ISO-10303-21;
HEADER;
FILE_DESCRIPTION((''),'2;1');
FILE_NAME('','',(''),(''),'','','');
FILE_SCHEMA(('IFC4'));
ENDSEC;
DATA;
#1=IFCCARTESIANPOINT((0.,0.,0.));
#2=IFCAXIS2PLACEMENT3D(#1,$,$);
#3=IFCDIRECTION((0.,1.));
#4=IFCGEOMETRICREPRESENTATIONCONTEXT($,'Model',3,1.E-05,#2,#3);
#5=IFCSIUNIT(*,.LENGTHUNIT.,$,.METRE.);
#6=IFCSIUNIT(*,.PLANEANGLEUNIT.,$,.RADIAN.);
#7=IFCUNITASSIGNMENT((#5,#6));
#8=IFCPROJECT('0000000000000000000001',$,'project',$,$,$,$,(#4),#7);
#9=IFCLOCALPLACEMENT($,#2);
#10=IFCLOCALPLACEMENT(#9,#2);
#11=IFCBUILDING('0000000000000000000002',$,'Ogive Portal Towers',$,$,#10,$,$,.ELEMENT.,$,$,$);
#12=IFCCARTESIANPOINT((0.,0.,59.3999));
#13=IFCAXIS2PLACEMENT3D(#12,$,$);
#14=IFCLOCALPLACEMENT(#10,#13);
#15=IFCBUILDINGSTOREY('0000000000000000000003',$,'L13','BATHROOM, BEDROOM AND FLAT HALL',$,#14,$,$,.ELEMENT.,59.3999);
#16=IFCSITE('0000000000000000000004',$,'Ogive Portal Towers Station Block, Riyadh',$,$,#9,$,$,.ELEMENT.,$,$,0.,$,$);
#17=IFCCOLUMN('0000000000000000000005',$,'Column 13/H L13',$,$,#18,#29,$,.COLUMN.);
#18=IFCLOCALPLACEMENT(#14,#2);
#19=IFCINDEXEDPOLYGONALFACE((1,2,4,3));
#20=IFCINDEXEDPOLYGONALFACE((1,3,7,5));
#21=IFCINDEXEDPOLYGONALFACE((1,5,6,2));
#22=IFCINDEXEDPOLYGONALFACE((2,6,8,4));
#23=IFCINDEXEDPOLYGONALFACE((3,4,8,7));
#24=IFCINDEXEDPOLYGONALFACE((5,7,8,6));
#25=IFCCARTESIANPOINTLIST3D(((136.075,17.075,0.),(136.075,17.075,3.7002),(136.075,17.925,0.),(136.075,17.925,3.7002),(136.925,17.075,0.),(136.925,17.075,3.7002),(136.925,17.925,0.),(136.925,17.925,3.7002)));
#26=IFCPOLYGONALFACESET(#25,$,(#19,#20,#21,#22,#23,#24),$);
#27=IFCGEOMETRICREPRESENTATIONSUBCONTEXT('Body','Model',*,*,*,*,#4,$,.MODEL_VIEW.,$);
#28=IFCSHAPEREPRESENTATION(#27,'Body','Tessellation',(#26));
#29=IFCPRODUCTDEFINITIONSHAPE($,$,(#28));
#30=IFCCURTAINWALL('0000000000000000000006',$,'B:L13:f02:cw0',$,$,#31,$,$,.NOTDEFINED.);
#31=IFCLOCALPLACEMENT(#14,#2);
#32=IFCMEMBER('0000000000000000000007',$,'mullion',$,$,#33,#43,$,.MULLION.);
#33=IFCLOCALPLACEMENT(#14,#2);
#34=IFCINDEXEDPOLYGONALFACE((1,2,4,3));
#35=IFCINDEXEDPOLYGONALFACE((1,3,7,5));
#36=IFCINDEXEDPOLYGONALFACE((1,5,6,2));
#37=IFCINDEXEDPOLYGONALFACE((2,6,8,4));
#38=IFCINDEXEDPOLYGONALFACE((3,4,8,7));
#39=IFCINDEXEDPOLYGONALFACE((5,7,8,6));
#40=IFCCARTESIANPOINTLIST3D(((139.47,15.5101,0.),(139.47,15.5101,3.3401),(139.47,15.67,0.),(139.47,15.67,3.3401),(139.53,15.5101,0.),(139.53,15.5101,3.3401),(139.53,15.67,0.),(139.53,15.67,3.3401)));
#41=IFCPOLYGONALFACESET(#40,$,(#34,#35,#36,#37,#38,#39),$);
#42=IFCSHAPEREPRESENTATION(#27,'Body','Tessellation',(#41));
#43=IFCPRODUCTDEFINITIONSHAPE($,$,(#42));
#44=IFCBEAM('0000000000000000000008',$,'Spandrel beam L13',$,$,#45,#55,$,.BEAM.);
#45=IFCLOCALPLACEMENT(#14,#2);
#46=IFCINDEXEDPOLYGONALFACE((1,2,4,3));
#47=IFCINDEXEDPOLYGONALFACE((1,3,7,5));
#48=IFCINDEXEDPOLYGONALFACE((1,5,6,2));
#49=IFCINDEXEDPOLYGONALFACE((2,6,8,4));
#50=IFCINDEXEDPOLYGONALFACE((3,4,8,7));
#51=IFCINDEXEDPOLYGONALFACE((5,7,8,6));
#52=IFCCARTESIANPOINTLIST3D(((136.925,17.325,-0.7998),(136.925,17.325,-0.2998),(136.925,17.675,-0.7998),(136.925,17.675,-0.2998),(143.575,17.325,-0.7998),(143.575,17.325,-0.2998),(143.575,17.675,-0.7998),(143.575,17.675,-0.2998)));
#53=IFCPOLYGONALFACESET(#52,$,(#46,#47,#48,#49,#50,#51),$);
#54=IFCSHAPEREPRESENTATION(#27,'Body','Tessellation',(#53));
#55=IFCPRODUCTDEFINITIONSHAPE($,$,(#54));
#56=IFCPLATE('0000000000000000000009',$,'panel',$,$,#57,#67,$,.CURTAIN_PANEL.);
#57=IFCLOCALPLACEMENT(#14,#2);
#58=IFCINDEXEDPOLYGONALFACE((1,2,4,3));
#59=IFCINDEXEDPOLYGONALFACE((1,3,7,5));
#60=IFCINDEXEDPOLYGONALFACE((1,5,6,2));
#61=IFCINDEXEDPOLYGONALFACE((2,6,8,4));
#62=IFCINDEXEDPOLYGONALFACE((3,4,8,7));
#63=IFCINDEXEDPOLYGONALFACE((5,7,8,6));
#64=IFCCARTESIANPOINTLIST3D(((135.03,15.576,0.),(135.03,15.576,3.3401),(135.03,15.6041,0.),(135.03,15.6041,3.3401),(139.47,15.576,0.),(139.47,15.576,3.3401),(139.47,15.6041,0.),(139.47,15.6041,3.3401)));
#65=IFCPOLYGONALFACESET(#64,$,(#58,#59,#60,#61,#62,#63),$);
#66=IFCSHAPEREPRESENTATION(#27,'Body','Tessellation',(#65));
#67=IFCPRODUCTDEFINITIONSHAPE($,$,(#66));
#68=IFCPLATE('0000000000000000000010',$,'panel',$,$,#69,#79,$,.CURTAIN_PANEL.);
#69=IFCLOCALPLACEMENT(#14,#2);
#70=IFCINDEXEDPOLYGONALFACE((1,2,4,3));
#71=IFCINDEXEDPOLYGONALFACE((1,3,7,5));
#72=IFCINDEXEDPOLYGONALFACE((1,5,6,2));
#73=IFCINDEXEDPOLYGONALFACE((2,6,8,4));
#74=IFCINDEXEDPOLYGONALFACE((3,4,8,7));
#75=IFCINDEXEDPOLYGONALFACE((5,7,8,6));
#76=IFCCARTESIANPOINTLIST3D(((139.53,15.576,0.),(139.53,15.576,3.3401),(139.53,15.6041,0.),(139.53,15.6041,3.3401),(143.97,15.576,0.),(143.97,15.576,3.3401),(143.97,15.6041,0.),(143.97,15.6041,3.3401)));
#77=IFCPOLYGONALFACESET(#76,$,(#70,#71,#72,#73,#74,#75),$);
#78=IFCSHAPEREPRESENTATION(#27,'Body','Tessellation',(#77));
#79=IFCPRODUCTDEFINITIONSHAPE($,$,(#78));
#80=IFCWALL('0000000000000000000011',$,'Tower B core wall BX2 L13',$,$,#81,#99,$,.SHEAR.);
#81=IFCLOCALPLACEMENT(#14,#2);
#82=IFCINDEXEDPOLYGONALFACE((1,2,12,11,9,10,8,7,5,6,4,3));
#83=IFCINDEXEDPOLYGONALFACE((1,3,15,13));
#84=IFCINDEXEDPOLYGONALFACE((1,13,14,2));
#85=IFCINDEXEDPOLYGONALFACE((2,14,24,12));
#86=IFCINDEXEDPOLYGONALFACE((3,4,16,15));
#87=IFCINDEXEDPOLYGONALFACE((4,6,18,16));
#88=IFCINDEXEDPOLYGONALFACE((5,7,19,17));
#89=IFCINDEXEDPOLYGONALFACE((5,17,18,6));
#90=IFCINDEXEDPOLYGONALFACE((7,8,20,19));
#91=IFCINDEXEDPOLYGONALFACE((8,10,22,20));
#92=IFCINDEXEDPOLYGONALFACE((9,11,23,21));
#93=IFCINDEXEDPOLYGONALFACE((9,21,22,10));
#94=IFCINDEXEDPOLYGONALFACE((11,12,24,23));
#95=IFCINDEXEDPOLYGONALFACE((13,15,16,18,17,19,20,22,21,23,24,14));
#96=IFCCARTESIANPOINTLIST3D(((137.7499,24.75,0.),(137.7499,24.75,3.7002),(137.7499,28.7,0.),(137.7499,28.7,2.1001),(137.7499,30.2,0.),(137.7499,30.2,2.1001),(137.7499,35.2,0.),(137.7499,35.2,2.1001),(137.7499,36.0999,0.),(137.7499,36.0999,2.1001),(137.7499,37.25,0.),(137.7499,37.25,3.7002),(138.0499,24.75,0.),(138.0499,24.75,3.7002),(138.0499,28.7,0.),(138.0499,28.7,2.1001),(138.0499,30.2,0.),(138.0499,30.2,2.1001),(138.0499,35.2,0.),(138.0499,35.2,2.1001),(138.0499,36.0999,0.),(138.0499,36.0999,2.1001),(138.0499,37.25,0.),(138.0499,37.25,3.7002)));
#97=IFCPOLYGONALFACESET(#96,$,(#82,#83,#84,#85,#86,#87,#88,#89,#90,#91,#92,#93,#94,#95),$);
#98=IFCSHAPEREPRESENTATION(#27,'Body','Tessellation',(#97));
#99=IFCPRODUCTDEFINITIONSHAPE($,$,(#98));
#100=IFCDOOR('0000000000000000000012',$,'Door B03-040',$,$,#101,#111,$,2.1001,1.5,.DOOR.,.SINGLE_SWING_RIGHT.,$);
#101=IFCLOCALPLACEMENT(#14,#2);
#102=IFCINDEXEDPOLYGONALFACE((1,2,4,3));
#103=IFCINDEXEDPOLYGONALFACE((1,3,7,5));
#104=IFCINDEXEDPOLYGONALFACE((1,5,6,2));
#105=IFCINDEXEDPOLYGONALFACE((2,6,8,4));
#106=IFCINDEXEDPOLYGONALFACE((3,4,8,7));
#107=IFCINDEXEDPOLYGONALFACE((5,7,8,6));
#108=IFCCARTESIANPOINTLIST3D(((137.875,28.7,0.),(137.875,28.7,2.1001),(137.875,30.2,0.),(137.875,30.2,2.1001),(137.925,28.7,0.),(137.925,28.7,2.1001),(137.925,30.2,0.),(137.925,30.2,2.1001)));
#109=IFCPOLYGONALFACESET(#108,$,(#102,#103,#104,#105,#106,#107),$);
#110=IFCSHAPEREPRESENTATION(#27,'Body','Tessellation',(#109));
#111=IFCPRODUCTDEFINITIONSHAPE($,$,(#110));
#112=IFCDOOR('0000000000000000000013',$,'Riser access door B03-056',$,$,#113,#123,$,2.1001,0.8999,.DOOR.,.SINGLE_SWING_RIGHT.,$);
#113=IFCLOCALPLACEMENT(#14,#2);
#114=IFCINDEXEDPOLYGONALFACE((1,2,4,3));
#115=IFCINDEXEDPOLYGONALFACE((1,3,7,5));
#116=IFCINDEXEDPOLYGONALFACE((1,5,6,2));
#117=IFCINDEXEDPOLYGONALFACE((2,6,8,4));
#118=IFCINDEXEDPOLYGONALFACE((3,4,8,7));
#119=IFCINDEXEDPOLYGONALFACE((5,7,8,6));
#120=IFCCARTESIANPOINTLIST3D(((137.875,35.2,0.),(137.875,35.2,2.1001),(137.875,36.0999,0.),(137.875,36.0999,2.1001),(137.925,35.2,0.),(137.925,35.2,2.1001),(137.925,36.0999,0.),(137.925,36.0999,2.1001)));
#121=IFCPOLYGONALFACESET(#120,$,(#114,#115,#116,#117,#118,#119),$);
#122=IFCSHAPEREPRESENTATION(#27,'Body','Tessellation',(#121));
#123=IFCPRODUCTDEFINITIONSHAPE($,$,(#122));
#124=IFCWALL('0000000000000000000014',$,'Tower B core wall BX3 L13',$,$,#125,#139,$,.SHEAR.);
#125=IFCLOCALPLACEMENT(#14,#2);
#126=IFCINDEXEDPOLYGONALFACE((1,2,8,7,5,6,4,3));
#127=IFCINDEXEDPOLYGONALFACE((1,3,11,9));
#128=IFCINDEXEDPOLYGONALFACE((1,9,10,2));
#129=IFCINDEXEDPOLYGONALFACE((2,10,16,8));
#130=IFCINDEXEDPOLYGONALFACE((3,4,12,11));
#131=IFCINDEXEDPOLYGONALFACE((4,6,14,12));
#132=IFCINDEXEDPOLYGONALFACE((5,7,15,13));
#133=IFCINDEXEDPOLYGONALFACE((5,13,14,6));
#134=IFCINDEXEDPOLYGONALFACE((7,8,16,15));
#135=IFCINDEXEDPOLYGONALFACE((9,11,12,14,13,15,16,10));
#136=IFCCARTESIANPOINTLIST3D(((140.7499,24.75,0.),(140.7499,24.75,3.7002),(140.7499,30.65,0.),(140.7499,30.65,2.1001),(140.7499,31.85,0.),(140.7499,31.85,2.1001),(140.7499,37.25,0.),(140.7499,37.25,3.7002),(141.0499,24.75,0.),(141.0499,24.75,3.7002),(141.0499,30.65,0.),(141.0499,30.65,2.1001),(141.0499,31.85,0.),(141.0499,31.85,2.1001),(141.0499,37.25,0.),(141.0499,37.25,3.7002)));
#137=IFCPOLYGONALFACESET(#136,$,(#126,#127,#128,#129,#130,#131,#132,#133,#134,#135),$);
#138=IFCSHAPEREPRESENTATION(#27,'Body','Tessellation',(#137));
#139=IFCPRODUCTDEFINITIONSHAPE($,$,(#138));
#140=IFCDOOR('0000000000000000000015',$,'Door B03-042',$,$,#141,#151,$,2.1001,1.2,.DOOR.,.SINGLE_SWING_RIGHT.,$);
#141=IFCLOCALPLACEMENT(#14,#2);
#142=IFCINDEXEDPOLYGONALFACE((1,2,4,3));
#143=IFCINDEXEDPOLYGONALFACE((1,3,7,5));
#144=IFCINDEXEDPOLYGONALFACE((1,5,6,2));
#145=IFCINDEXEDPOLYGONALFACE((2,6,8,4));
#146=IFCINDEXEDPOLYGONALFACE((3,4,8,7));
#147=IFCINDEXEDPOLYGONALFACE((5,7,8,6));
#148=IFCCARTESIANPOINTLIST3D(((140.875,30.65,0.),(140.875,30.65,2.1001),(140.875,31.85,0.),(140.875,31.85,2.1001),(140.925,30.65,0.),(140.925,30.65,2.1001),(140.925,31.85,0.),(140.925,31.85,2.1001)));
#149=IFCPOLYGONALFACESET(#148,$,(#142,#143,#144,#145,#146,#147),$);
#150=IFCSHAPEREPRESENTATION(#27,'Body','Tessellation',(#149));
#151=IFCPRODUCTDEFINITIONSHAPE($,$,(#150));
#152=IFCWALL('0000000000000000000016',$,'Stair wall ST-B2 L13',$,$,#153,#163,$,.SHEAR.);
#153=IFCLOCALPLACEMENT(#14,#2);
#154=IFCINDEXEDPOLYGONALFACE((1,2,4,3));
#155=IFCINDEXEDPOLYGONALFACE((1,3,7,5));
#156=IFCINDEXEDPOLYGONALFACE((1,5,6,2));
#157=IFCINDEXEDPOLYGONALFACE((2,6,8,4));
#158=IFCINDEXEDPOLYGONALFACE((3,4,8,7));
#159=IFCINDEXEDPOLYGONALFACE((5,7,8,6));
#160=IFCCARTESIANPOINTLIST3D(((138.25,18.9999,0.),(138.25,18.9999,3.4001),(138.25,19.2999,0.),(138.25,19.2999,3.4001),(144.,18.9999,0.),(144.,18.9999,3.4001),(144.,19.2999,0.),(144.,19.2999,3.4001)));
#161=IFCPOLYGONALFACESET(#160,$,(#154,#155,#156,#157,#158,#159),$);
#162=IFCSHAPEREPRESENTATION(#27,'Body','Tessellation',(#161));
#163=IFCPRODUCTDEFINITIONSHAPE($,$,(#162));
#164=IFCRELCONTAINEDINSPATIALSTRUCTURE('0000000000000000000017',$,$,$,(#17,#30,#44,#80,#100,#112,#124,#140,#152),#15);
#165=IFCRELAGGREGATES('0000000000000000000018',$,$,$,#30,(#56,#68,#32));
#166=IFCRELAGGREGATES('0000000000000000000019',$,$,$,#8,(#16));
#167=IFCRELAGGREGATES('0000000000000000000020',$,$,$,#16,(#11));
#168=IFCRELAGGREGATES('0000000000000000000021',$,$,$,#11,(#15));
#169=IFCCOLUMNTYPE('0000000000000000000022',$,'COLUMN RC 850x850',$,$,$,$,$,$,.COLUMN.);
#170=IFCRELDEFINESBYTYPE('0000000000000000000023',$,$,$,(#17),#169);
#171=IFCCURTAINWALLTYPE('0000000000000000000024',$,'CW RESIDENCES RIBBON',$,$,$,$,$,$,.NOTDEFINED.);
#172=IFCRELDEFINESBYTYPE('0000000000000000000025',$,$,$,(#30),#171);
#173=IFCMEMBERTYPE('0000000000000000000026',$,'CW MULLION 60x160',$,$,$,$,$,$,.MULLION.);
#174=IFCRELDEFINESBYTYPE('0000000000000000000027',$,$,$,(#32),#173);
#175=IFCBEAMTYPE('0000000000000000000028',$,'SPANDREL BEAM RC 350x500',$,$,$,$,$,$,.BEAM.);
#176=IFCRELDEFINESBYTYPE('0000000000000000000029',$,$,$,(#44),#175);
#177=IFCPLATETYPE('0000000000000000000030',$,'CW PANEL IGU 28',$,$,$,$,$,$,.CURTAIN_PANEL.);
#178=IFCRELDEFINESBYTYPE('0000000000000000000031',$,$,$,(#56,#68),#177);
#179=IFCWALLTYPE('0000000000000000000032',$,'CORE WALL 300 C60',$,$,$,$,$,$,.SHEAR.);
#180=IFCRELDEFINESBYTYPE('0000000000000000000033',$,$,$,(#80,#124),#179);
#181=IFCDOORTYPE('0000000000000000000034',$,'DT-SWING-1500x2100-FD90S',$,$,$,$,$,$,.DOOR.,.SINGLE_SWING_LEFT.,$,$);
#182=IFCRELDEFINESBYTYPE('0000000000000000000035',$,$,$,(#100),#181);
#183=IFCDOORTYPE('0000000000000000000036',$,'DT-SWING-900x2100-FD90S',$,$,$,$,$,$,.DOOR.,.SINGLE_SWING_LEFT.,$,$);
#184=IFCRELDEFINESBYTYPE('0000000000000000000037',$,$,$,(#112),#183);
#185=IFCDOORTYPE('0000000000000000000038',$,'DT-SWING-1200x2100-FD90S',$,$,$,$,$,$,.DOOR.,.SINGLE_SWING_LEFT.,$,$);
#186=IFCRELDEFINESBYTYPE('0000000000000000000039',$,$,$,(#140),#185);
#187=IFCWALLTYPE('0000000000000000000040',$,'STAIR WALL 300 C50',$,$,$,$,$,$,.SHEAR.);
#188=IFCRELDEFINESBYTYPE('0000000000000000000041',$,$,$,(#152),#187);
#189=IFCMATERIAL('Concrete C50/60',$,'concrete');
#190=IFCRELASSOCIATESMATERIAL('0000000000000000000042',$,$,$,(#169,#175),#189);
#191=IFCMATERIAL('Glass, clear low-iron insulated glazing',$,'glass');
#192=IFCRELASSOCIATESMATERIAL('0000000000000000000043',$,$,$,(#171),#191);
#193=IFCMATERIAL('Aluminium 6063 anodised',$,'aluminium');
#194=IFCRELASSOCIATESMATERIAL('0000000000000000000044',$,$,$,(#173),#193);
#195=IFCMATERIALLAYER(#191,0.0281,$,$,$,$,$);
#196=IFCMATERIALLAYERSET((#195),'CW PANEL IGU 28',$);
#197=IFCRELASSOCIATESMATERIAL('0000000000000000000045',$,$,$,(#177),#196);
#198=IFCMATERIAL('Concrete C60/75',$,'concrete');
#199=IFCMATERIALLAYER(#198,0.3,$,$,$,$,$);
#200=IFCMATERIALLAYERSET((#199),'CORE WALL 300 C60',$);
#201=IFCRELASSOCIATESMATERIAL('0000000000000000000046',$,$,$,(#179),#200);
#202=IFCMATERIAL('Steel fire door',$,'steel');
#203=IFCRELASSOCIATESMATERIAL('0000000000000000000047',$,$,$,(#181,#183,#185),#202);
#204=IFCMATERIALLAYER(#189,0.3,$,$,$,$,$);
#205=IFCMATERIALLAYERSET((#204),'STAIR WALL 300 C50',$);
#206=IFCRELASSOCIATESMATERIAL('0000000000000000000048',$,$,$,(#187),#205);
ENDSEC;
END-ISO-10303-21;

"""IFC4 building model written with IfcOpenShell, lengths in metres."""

from ifc_helpers import new_model, si_unit, direction, frame, frame_2d, origin, origin_2d, place, context, subcontext, project, spatial, rectangle, extrude, material, layer, layer_set, material_profile, profile_set, type_object, element, fill, aggregate, save


model = new_model("IFC4")

# Units and contexts
model_context = context("Model", 3, precision=1e-05, world=origin(), true_north=direction((0.0, 1.0)))
body_context = subcontext(model_context, "Body", "Model", "MODEL_VIEW")
ifc_project = project(units=[si_unit("LENGTHUNIT", "METRE"), si_unit("PLANEANGLEUNIT", "RADIAN")], contexts=[model_context])

# Site, building, storey
site_placement = place(None, origin())
site = spatial("IfcSite", under=ifc_project, at=site_placement, Name="Ogive Portal Towers Station Block, Riyadh", CompositionType="ELEMENT", RefElevation=0.0)
building_placement = place(site_placement, origin())
building = spatial("IfcBuilding", under=site, at=building_placement, Name="Ogive Portal Towers", CompositionType="ELEMENT")
storey_placement = place(building_placement, frame((0.0, 0.0, 59.3999)))
storey = spatial("IfcBuildingStorey", under=building, at=storey_placement, Name="L13", Description="BATHROOM, BEDROOM AND FLAT HALL", CompositionType="ELEMENT", Elevation=59.3999)

# Column
ifc_material_1 = material(Name="Concrete C50/60", Category="concrete")
ifc_material_profile_1 = material_profile(ifc_material_1, rectangle(XDim=0.8501, YDim=0.8501, at=origin_2d()), Name="RC 850x850")
ifc_profile_set_1 = profile_set([ifc_material_profile_1], Name="Concrete C50/60")
column_type = type_object("IfcColumnType", Name="COLUMN RC 850x850", PredefinedType="COLUMN", material=ifc_profile_set_1)
column_placement = place(storey_placement, frame((136.5, 17.5, 0.0), z_axis=(0.0, 0.0, 1.0), x_axis=(1.0, 0.0, 0.0)))
element("IfcColumn", 1, at=column_placement, inside=storey, type_object=column_type, Name="Column 13/H L13", PredefinedType="COLUMN", context=body_context, shape_type="SweptSolid", body=[
    extrude(rectangle(XDim=0.8501, YDim=0.8501, at=origin_2d()), origin(), (0.0, 0.0, 1.0), 3.7002),
])

# Curtain wall, member
ifc_material_2 = material(Name="Glass, clear low-iron insulated glazing", Category="glass")
curtain_wall_type = type_object("IfcCurtainWallType", Name="CW RESIDENCES RIBBON", PredefinedType="NOTDEFINED", material=ifc_material_2)
curtain_wall_placement = place(storey_placement, origin())
curtain_wall = element("IfcCurtainWall", 2, at=curtain_wall_placement, inside=storey, type_object=curtain_wall_type, Name="B:L13:f02:cw0", PredefinedType="NOTDEFINED")
ifc_material_3 = material(Name="Aluminium 6063 anodised", Category="aluminium")
ifc_material_profile_2 = material_profile(ifc_material_3, rectangle(XDim=0.1599, YDim=0.0601, at=origin_2d()), Name="AL 60x160")
ifc_profile_set_2 = profile_set([ifc_material_profile_2], Name="Aluminium 6063 anodised")
member_type = type_object("IfcMemberType", Name="CW MULLION 60x160", PredefinedType="MULLION", material=ifc_profile_set_2)
member_placement = place(storey_placement, frame((139.5, 15.5901, 0.0), z_axis=(0.0, 0.0, 1.0), x_axis=(0.0, 1.0, 0.0)))
member = element("IfcMember", 3, at=member_placement, type_object=member_type, Name="mullion", PredefinedType="MULLION", context=body_context, shape_type="SweptSolid", body=[
    extrude(rectangle(XDim=0.1599, YDim=0.0601, at=origin_2d()), origin(), (0.0, 0.0, 1.0), 3.3401),
])

# Beam
ifc_material_profile_3 = material_profile(ifc_material_1, rectangle(XDim=0.3501, YDim=0.5, at=origin_2d()), Name="RC 350x500")
ifc_profile_set_3 = profile_set([ifc_material_profile_3], Name="Concrete C50/60")
beam_type = type_object("IfcBeamType", Name="SPANDREL BEAM RC 350x500", PredefinedType="BEAM", material=ifc_profile_set_3)
beam_placement = place(storey_placement, frame((136.925, 17.5, -0.5498), z_axis=(1.0, 0.0, 0.0), x_axis=(0.0, 1.0, 0.0)))
element("IfcBeam", 4, at=beam_placement, inside=storey, type_object=beam_type, Name="Spandrel beam L13", PredefinedType="BEAM", context=body_context, shape_type="SweptSolid", body=[
    extrude(rectangle(XDim=0.3501, YDim=0.5, at=origin_2d()), origin(), (0.0, 0.0, 1.0), 6.6499),
])

# Plates
ifc_layer_1 = layer(ifc_material_2, 0.0281)
ifc_layer_set_1 = layer_set([ifc_layer_1], Name="CW PANEL IGU 28")
plate_type = type_object("IfcPlateType", Name="CW PANEL IGU 28", PredefinedType="CURTAIN_PANEL", material=ifc_layer_set_1)
plate_1_placement = place(storey_placement, frame((137.25, 15.5901, 0.0), z_axis=(0.0, 0.0, 1.0), x_axis=(1.0, 0.0, 0.0)))
plate_1 = element("IfcPlate", 5, at=plate_1_placement, type_object=plate_type, Name="panel", PredefinedType="CURTAIN_PANEL", context=body_context, shape_type="SweptSolid", body=[
    extrude(rectangle(XDim=4.4399, YDim=0.0281, at=origin_2d()), origin(), (0.0, 0.0, 1.0), 3.3401),
])
plate_2_placement = place(storey_placement, frame((141.75, 15.5901, 0.0), z_axis=(0.0, 0.0, 1.0), x_axis=(1.0, 0.0, 0.0)))
plate_2 = element("IfcPlate", 6, at=plate_2_placement, type_object=plate_type, Name="panel", PredefinedType="CURTAIN_PANEL", context=body_context, shape_type="SweptSolid", body=[
    extrude(rectangle(XDim=4.4399, YDim=0.0281, at=origin_2d()), origin(), (0.0, 0.0, 1.0), 3.3401),
])
aggregate(curtain_wall, [plate_1, plate_2, member])

# Wall, openings, doors
ifc_material_4 = material(Name="Concrete C60/75", Category="concrete")
ifc_layer_2 = layer(ifc_material_4, 0.3)
ifc_layer_set_2 = layer_set([ifc_layer_2], Name="CORE WALL 300 C60")
wall_type_1 = type_object("IfcWallType", Name="CORE WALL 300 C60", PredefinedType="SHEAR", material=ifc_layer_set_2)
wall_1_placement = place(storey_placement, frame((137.8999, 24.75, 0.0), z_axis=(0.0, 0.0, 1.0), x_axis=(0.0, 1.0, 0.0)))
wall_1 = element("IfcWall", 7, at=wall_1_placement, inside=storey, type_object=wall_type_1, Name="Tower B core wall BX2 L13", PredefinedType="SHEAR", context=body_context, shape_type="SweptSolid", body=[
    extrude(rectangle(XDim=12.5, YDim=0.3, at=frame_2d((6.25, 0.0))), origin(), (0.0, 0.0, 1.0), 3.7002),
])
opening_1_placement = place(wall_1_placement, frame((3.95, 0.0, 0.0)))
opening_1 = element("IfcOpeningElement", 8, at=opening_1_placement, cuts=wall_1, PredefinedType="OPENING", context=body_context, shape_type="SweptSolid", body=[
    extrude(rectangle(XDim=1.5, YDim=2.1001, at=frame_2d((0.75, 1.05))), frame((0.0, 0.1602, 0.0), z_axis=(0.0, -1.0, 0.0), x_axis=(1.0, 0.0, 0.0)), (0.0, 0.0, 1.0), 0.3201),
])
opening_2_placement = place(wall_1_placement, frame((10.45, 0.0, 0.0)))
opening_2 = element("IfcOpeningElement", 9, at=opening_2_placement, cuts=wall_1, PredefinedType="OPENING", context=body_context, shape_type="SweptSolid", body=[
    extrude(rectangle(XDim=0.8999, YDim=2.1001, at=frame_2d((0.45, 1.05))), frame((0.0, 0.1602, 0.0), z_axis=(0.0, -1.0, 0.0), x_axis=(1.0, 0.0, 0.0)), (0.0, 0.0, 1.0), 0.3201),
])
ifc_material_5 = material(Name="Steel fire door", Category="steel")
door_type_1 = type_object("IfcDoorType", Name="DT-SWING-1500x2100-FD90S", OperationType="SINGLE_SWING_LEFT", PredefinedType="DOOR", material=ifc_material_5)
door_1_placement = place(opening_1_placement, origin())
door_1 = element("IfcDoor", 10, at=door_1_placement, inside=storey, type_object=door_type_1, Name="Door B03-040", OperationType="SINGLE_SWING_RIGHT", OverallHeight=2.1001, OverallWidth=1.5, PredefinedType="DOOR", context=body_context, shape_type="SweptSolid", body=[
    extrude(rectangle(XDim=1.5, YDim=2.1001, at=frame_2d((0.75, 1.05))), frame((0.0, 0.0249, 0.0), z_axis=(0.0, -1.0, 0.0), x_axis=(1.0, 0.0, 0.0)), (0.0, 0.0, 1.0), 0.05),
])
fill(opening_1, door_1)
door_type_2 = type_object("IfcDoorType", Name="DT-SWING-900x2100-FD90S", OperationType="SINGLE_SWING_LEFT", PredefinedType="DOOR", material=ifc_material_5)
door_2_placement = place(opening_2_placement, origin())
door_2 = element("IfcDoor", 11, at=door_2_placement, inside=storey, type_object=door_type_2, Name="Riser access door B03-056", OperationType="SINGLE_SWING_RIGHT", OverallHeight=2.1001, OverallWidth=0.8999, PredefinedType="DOOR", context=body_context, shape_type="SweptSolid", body=[
    extrude(rectangle(XDim=0.8999, YDim=2.1001, at=frame_2d((0.45, 1.05))), frame((0.0, 0.0249, 0.0), z_axis=(0.0, -1.0, 0.0), x_axis=(1.0, 0.0, 0.0)), (0.0, 0.0, 1.0), 0.05),
])
fill(opening_2, door_2)

# Wall, opening, door
wall_2_placement = place(storey_placement, frame((140.8999, 24.75, 0.0), z_axis=(0.0, 0.0, 1.0), x_axis=(0.0, 1.0, 0.0)))
wall_2 = element("IfcWall", 12, at=wall_2_placement, inside=storey, type_object=wall_type_1, Name="Tower B core wall BX3 L13", PredefinedType="SHEAR", context=body_context, shape_type="SweptSolid", body=[
    extrude(rectangle(XDim=12.5, YDim=0.3, at=frame_2d((6.25, 0.0))), origin(), (0.0, 0.0, 1.0), 3.7002),
])
opening_3_placement = place(wall_2_placement, frame((5.8999, 0.0, 0.0)))
opening_3 = element("IfcOpeningElement", 13, at=opening_3_placement, cuts=wall_2, PredefinedType="OPENING", context=body_context, shape_type="SweptSolid", body=[
    extrude(rectangle(XDim=1.2, YDim=2.1001, at=frame_2d((0.6001, 1.05))), frame((0.0, 0.1602, 0.0), z_axis=(0.0, -1.0, 0.0), x_axis=(1.0, 0.0, 0.0)), (0.0, 0.0, 1.0), 0.3201),
])
door_type_3 = type_object("IfcDoorType", Name="DT-SWING-1200x2100-FD90S", OperationType="SINGLE_SWING_LEFT", PredefinedType="DOOR", material=ifc_material_5)
door_3_placement = place(opening_3_placement, origin())
door_3 = element("IfcDoor", 14, at=door_3_placement, inside=storey, type_object=door_type_3, Name="Door B03-042", OperationType="SINGLE_SWING_RIGHT", OverallHeight=2.1001, OverallWidth=1.2, PredefinedType="DOOR", context=body_context, shape_type="SweptSolid", body=[
    extrude(rectangle(XDim=1.2, YDim=2.1001, at=frame_2d((0.6001, 1.05))), frame((0.0, 0.0249, 0.0), z_axis=(0.0, -1.0, 0.0), x_axis=(1.0, 0.0, 0.0)), (0.0, 0.0, 1.0), 0.05),
])
fill(opening_3, door_3)

# Wall
ifc_layer_3 = layer(ifc_material_1, 0.3)
ifc_layer_set_3 = layer_set([ifc_layer_3], Name="STAIR WALL 300 C50")
wall_type_2 = type_object("IfcWallType", Name="STAIR WALL 300 C50", PredefinedType="SHEAR", material=ifc_layer_set_3)
wall_3_placement = place(storey_placement, frame((138.25, 19.1499, 0.0), z_axis=(0.0, 0.0, 1.0), x_axis=(1.0, 0.0, 0.0)))
element("IfcWall", 15, at=wall_3_placement, inside=storey, type_object=wall_type_2, Name="Stair wall ST-B2 L13", PredefinedType="SHEAR", context=body_context, shape_type="SweptSolid", body=[
    extrude(rectangle(XDim=5.75, YDim=0.3, at=frame_2d((2.875, 0.0))), origin(), (0.0, 0.0, 1.0), 3.4001),
])

save(model, "model.ifc")
